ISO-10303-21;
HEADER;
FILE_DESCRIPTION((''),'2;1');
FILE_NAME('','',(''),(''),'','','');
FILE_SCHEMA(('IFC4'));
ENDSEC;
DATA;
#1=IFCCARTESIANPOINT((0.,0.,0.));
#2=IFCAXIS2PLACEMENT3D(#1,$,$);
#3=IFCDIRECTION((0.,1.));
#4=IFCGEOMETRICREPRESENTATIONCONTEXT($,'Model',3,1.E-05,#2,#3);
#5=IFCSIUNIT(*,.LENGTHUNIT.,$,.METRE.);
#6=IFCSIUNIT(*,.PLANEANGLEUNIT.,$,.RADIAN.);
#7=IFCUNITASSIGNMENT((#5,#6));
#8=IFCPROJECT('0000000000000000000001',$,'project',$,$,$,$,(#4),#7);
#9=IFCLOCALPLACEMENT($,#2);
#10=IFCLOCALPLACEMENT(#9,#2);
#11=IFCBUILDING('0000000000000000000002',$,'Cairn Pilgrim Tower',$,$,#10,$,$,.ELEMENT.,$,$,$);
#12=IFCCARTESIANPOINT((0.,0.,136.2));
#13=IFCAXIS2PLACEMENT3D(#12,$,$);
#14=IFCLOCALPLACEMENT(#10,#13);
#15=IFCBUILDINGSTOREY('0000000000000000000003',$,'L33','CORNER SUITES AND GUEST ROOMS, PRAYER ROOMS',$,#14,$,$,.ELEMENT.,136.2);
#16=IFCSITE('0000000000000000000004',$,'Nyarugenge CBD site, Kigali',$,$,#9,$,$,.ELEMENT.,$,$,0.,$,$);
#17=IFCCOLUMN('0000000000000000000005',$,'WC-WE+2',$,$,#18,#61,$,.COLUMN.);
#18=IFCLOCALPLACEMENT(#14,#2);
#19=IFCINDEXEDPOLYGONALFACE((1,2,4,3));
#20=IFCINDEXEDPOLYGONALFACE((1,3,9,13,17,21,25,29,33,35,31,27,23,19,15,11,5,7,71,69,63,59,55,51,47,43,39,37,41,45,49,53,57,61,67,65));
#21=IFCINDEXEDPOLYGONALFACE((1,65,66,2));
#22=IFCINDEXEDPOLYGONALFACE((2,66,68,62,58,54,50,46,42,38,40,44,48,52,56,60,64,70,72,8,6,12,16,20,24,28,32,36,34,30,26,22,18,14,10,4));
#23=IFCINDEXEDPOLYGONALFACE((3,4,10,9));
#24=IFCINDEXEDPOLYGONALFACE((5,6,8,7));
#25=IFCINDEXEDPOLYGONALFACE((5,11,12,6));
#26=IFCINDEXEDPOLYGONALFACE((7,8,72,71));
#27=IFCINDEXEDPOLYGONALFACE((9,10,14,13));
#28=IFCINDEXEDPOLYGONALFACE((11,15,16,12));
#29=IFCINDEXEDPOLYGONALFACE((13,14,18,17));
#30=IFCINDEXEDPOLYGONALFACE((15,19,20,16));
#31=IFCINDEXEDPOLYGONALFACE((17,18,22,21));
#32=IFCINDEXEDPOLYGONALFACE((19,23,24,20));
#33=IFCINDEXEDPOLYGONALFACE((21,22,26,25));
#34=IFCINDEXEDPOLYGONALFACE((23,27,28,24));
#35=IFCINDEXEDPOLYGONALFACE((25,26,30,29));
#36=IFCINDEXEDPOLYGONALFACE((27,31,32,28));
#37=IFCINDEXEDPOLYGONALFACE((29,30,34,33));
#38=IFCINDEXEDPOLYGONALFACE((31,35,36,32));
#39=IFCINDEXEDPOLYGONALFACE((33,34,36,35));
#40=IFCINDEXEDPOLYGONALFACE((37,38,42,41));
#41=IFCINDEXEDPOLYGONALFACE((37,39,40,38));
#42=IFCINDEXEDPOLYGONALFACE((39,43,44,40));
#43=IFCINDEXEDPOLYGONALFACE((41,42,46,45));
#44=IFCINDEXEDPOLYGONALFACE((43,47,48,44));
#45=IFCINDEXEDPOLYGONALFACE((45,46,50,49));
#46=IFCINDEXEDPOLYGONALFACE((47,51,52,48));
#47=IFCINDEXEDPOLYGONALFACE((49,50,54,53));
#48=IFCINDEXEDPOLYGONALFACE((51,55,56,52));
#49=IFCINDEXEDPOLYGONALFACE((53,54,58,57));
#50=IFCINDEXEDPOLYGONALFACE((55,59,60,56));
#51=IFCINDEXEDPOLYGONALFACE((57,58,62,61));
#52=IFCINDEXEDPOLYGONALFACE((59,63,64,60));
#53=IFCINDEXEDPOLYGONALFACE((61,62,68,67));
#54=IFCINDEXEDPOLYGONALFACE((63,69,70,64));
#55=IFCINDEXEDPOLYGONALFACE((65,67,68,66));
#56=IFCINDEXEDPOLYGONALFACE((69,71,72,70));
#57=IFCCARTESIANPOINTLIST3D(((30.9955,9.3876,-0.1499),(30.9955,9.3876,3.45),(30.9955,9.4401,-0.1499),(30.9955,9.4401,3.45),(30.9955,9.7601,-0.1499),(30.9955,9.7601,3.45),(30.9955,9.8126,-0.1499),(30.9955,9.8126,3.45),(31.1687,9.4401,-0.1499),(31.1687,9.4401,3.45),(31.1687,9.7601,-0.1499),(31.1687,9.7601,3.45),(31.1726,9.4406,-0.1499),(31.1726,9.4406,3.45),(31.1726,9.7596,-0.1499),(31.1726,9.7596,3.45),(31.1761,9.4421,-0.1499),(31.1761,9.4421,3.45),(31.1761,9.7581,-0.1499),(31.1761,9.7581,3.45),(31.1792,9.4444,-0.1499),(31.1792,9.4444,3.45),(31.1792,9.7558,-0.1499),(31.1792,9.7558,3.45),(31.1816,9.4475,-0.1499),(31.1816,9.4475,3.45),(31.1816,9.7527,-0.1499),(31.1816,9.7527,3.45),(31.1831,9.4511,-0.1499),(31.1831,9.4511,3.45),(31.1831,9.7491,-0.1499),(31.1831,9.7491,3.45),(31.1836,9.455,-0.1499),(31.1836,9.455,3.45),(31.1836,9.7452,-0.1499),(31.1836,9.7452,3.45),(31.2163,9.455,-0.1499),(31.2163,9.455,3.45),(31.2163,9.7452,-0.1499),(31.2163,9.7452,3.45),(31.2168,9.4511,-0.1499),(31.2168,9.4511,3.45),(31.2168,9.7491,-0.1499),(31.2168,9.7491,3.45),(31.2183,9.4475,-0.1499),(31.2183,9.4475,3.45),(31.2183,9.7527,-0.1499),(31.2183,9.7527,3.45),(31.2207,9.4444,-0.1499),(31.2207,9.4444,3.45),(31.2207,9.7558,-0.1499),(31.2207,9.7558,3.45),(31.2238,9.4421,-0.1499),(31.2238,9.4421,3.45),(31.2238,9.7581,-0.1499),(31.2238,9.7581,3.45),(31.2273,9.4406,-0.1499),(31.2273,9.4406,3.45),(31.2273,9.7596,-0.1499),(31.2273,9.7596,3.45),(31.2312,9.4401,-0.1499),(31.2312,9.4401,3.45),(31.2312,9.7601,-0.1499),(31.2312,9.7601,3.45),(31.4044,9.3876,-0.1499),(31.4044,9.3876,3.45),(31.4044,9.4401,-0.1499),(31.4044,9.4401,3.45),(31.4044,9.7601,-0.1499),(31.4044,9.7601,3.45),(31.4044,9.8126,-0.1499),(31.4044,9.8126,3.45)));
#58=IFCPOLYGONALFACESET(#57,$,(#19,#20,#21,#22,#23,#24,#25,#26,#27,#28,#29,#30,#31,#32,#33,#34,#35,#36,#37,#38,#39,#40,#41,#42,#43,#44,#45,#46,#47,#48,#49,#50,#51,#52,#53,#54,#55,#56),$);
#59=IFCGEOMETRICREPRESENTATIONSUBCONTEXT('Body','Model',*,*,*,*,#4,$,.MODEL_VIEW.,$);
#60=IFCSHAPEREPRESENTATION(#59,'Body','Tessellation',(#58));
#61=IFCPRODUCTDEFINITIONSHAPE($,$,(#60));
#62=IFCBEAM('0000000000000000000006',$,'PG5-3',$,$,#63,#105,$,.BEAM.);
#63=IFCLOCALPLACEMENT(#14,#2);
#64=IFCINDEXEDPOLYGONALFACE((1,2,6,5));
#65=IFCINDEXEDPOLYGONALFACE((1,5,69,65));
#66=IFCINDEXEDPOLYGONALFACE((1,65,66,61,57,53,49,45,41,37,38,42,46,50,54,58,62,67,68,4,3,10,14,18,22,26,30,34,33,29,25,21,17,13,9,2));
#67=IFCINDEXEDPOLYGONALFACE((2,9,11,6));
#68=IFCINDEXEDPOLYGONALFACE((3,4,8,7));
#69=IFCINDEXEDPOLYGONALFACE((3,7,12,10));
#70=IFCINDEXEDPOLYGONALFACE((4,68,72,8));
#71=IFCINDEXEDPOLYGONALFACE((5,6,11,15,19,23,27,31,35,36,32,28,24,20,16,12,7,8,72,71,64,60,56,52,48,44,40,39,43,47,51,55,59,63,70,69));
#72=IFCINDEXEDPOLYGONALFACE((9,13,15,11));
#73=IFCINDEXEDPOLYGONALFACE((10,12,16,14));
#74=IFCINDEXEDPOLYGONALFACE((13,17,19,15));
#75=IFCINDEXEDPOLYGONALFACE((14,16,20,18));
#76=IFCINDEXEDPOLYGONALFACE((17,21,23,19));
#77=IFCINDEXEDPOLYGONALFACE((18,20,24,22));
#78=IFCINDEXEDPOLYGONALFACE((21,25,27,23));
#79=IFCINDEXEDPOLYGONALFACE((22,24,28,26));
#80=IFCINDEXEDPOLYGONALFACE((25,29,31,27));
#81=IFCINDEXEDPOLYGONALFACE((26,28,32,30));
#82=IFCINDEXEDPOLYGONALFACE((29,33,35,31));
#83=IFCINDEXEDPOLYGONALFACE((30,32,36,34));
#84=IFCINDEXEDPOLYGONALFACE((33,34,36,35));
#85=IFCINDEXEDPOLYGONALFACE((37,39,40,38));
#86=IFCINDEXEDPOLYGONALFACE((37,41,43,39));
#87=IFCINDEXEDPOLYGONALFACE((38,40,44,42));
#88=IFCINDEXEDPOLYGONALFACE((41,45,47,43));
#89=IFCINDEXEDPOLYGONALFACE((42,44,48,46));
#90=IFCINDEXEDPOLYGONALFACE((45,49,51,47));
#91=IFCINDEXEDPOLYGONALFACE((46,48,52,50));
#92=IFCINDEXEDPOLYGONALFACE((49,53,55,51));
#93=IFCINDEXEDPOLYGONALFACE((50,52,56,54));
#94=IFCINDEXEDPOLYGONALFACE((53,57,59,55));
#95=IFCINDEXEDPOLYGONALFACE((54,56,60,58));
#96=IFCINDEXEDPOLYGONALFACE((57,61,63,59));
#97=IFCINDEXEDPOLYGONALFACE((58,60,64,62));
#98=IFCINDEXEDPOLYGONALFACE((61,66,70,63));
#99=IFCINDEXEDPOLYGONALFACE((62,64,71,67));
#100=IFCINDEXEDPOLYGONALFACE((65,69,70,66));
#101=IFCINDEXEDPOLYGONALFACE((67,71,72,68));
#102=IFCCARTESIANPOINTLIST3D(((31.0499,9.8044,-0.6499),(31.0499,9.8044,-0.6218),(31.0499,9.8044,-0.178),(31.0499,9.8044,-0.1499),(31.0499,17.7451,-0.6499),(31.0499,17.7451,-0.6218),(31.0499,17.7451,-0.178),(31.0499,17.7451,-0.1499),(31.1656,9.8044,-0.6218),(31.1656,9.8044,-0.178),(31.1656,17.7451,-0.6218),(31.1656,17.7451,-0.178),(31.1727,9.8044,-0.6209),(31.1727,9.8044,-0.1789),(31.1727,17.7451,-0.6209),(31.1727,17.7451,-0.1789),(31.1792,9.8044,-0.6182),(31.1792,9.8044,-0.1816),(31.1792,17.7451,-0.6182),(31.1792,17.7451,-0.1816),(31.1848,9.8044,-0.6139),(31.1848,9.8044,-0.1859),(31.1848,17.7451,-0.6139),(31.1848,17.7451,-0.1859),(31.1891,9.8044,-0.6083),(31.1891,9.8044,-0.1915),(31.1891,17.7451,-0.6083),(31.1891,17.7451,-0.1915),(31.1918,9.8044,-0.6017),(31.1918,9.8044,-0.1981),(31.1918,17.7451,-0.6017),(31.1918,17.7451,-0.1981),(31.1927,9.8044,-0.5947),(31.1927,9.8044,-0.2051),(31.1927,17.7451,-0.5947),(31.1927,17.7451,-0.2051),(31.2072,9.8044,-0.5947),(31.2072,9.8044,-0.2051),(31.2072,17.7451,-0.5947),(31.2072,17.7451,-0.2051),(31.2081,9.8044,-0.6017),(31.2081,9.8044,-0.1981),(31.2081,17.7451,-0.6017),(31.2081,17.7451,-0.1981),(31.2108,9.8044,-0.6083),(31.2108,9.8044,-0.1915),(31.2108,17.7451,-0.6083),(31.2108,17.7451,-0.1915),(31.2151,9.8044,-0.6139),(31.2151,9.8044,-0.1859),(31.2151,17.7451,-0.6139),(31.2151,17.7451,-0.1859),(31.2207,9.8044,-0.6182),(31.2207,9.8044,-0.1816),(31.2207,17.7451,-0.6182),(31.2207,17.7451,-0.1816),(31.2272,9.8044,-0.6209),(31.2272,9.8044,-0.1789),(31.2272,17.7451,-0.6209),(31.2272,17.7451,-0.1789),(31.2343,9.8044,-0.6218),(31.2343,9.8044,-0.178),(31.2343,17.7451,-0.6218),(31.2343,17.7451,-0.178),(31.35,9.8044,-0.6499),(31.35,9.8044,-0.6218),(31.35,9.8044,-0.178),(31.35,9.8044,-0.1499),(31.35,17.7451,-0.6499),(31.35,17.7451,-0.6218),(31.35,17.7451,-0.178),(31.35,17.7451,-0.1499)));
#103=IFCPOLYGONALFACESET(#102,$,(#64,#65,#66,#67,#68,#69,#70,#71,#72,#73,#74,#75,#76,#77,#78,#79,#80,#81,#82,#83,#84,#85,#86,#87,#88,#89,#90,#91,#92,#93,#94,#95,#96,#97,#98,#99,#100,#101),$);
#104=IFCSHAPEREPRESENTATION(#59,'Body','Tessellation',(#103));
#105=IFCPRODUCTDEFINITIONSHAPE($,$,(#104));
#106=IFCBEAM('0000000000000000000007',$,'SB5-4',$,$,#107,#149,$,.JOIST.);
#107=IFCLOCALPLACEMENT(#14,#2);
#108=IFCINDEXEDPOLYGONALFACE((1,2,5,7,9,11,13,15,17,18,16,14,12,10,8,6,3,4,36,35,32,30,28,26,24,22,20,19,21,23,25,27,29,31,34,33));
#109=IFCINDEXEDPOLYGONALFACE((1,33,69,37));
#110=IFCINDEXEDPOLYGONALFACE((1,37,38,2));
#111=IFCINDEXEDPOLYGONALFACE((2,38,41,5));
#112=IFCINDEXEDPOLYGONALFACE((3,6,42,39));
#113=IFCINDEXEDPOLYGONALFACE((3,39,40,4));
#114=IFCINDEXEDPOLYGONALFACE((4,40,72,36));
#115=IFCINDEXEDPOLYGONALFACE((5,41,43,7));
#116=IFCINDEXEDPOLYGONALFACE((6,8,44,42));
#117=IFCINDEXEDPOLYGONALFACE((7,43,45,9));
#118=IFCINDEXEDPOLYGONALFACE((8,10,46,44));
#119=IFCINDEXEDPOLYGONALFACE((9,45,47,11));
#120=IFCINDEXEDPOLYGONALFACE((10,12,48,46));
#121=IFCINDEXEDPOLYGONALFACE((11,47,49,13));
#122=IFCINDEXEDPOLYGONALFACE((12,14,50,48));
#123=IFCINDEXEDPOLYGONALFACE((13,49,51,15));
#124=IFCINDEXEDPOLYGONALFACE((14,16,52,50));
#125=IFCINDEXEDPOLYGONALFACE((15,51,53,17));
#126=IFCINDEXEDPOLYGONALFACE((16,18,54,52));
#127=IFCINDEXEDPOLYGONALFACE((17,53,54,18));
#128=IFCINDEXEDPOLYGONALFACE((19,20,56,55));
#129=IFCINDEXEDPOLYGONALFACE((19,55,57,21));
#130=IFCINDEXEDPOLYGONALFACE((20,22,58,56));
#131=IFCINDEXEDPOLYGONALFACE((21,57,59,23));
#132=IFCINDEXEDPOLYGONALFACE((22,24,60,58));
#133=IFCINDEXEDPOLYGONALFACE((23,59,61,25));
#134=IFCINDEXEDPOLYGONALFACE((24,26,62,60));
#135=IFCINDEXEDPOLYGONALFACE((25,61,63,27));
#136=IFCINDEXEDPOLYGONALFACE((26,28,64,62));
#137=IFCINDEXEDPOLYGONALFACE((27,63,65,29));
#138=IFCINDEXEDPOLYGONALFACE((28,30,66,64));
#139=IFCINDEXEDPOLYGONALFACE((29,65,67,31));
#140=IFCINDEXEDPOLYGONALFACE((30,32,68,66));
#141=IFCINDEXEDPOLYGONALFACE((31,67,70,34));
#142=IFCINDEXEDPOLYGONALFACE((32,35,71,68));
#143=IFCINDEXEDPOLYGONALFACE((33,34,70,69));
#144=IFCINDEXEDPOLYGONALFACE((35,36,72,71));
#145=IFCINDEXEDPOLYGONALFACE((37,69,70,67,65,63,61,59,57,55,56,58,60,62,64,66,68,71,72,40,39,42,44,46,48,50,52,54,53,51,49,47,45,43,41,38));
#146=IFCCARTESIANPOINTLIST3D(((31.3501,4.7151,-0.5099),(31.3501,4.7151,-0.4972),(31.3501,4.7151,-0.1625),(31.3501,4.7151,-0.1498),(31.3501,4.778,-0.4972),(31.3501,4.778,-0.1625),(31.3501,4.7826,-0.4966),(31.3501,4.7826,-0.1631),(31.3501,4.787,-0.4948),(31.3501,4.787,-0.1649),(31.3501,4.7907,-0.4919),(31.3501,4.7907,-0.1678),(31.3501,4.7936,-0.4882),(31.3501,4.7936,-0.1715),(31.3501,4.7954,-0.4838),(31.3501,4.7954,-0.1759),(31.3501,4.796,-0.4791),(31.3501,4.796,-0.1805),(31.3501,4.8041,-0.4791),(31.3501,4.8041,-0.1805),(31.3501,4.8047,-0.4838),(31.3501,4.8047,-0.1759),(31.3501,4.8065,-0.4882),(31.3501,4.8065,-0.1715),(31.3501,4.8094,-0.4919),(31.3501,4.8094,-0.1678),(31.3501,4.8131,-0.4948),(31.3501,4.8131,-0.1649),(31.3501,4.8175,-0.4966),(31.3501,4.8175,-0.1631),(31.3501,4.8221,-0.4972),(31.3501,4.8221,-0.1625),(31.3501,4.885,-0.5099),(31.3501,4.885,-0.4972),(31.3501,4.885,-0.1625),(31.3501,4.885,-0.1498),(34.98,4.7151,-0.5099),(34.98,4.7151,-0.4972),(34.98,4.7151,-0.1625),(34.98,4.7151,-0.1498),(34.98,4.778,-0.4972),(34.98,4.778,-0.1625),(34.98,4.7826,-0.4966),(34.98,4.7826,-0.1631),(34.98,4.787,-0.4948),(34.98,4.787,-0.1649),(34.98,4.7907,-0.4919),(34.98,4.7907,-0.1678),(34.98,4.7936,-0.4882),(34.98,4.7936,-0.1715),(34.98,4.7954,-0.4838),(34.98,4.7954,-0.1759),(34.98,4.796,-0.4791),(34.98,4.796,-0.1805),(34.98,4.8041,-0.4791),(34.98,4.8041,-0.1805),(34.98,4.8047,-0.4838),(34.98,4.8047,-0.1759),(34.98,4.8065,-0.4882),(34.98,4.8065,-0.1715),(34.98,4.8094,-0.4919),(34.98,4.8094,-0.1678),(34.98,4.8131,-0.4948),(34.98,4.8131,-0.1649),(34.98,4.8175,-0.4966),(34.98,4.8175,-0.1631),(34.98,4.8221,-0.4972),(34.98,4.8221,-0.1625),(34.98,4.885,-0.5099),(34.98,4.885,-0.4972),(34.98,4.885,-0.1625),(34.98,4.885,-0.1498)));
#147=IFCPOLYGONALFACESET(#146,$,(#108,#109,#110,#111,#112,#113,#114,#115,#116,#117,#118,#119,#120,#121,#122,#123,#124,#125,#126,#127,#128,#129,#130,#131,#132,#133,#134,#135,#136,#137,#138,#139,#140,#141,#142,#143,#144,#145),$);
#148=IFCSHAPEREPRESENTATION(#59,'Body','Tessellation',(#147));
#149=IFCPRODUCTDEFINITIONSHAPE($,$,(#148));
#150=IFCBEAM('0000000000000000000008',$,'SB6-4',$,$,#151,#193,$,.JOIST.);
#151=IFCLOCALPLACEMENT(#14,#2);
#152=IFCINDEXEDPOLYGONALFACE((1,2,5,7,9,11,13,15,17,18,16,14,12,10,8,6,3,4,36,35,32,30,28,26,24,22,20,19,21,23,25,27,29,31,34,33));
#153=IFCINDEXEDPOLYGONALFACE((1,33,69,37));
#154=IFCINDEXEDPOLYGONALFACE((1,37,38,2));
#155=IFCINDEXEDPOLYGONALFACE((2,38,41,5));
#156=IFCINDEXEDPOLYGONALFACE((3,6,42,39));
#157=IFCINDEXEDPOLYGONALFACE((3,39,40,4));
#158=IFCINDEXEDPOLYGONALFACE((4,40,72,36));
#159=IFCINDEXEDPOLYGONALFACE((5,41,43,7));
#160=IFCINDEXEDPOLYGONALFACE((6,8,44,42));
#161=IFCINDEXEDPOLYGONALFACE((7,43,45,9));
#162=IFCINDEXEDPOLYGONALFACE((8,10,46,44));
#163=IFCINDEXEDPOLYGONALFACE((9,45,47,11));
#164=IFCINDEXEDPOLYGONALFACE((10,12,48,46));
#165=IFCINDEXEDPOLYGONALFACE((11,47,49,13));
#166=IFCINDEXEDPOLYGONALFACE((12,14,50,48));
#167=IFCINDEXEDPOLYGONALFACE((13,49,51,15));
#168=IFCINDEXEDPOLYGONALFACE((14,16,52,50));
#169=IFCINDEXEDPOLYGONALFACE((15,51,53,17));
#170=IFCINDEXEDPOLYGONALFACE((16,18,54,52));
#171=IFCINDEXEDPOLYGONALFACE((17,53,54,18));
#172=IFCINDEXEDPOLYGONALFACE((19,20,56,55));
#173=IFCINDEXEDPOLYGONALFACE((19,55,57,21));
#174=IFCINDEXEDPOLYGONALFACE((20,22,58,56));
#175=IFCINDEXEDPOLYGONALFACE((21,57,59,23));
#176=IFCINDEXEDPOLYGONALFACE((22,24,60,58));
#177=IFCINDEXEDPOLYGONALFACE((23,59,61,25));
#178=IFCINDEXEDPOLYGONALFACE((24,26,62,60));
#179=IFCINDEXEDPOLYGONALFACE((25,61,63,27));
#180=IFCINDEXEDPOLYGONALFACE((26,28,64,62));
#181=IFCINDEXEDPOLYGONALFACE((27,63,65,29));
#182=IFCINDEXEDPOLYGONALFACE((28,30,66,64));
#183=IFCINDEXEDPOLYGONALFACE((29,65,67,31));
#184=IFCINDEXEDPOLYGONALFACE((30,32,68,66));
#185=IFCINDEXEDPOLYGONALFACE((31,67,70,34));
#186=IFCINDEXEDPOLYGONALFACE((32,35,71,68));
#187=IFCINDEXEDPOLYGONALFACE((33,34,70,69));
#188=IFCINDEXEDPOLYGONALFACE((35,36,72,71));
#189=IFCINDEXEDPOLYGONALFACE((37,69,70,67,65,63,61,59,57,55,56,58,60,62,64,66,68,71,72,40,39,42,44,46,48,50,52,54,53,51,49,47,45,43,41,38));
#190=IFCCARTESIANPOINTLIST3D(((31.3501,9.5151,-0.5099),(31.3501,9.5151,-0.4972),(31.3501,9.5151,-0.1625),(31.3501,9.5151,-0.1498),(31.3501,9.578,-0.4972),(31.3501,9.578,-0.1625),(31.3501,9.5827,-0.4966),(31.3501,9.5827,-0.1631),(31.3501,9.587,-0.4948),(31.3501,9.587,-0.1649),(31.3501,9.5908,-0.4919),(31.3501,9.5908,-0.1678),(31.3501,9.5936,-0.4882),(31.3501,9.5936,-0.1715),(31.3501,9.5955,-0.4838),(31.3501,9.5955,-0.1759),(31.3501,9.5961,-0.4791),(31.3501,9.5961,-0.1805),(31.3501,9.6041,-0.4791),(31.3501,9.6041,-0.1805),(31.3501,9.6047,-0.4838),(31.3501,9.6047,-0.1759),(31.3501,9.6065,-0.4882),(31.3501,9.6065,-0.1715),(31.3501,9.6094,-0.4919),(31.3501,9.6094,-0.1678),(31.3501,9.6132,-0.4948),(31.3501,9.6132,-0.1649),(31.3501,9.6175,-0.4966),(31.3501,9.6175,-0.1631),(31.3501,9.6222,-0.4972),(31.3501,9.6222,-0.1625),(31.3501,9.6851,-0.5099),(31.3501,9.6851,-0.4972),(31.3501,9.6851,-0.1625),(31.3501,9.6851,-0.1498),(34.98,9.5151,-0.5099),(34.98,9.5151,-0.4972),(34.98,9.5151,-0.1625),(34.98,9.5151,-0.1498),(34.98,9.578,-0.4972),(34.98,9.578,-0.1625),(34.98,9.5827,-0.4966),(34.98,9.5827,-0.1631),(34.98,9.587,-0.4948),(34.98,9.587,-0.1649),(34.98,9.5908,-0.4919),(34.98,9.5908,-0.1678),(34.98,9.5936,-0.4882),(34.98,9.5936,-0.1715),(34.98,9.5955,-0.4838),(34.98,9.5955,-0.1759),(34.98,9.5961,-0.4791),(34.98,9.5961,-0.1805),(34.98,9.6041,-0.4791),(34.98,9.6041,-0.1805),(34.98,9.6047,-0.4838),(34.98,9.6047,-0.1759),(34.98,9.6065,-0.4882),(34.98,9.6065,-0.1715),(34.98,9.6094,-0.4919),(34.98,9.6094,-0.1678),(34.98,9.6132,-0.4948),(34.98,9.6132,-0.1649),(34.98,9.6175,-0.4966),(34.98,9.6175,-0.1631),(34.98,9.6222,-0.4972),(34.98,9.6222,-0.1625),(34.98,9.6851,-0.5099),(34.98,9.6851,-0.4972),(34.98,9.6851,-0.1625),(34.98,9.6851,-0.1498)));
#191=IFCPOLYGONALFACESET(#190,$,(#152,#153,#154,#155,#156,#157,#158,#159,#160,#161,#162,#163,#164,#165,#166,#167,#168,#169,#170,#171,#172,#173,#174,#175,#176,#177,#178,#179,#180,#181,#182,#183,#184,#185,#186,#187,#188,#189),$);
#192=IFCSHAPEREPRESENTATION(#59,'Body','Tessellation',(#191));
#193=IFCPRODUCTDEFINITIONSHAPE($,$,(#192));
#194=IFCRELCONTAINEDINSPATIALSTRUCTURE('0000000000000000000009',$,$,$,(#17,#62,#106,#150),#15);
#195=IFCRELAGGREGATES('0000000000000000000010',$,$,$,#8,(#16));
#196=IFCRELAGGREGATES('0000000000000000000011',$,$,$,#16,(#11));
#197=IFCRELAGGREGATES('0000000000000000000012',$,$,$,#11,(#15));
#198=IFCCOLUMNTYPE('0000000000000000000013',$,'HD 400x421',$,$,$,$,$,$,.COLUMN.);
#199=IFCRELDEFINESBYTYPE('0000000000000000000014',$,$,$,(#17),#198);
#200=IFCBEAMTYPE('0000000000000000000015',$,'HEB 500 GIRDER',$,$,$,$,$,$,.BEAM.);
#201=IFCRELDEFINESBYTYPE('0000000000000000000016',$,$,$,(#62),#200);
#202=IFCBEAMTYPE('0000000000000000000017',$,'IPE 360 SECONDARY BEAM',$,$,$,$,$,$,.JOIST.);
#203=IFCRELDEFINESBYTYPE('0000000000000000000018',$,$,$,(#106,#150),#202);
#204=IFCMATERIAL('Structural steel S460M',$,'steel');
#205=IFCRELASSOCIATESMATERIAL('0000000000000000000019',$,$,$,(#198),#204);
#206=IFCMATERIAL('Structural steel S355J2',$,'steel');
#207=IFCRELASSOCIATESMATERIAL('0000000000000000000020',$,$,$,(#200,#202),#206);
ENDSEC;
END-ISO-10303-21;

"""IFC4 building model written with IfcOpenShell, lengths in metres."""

from ifc_helpers import new_model, si_unit, direction, frame, origin, origin_2d, place, context, subcontext, project, spatial, i_section, extrude, material, material_profile, profile_set, type_object, element, save


model = new_model("IFC4")

# Units and contexts
model_context = context("Model", 3, precision=1e-05, world=origin(), true_north=direction((0.0, 1.0)))
body_context = subcontext(model_context, "Body", "Model", "MODEL_VIEW")
ifc_project = project(units=[si_unit("LENGTHUNIT", "METRE"), si_unit("PLANEANGLEUNIT", "RADIAN")], contexts=[model_context])

# Site, building, storey
site_placement = place(None, origin())
site = spatial("IfcSite", under=ifc_project, at=site_placement, Name="Nyarugenge CBD site, Kigali", CompositionType="ELEMENT", RefElevation=0.0)
building_placement = place(site_placement, origin())
building = spatial("IfcBuilding", under=site, at=building_placement, Name="Cairn Pilgrim Tower", CompositionType="ELEMENT")
storey_placement = place(building_placement, frame((0.0, 0.0, 136.2)))
storey = spatial("IfcBuildingStorey", under=building, at=storey_placement, Name="L33", Description="CORNER SUITES AND GUEST ROOMS, PRAYER ROOMS", CompositionType="ELEMENT", Elevation=136.2)

# Column
ifc_material_1 = material(Name="Structural steel S460M", Category="steel")
ifc_material_profile_1 = material_profile(ifc_material_1, i_section(OverallWidth=0.4089, OverallDepth=0.425, WebThickness=0.0327, FlangeThickness=0.0525, FilletRadius=0.0149, at=origin_2d()), Name="HD 400x421")
ifc_profile_set_1 = profile_set([ifc_material_profile_1], Name="Structural steel S460M")
column_type = type_object("IfcColumnType", Name="HD 400x421", PredefinedType="COLUMN", material=ifc_profile_set_1)
column_placement = place(storey_placement, frame((31.2, 9.6001, -0.1499), z_axis=(0.0, 0.0, 1.0), x_axis=(1.0, 0.0, 0.0)))
element("IfcColumn", 1, at=column_placement, inside=storey, type_object=column_type, Name="WC-WE+2", PredefinedType="COLUMN", context=body_context, shape_type="SweptSolid", body=[
    extrude(i_section(OverallWidth=0.4089, OverallDepth=0.425, WebThickness=0.0327, FlangeThickness=0.0525, FilletRadius=0.0149, at=origin_2d()), origin(), (0.0, 0.0, 1.0), 3.5999),
])

# Beams
ifc_material_2 = material(Name="Structural steel S355J2", Category="steel")
ifc_material_profile_2 = material_profile(ifc_material_2, i_section(OverallWidth=0.3, OverallDepth=0.5, WebThickness=0.0144, FlangeThickness=0.0281, FilletRadius=0.0271, at=origin_2d()), Name="HEB 500")
ifc_profile_set_2 = profile_set([ifc_material_profile_2], Name="Structural steel S355J2")
beam_type_1 = type_object("IfcBeamType", Name="HEB 500 GIRDER", PredefinedType="BEAM", material=ifc_profile_set_2)
beam_placement = place(storey_placement, frame((31.2, 9.8044, -0.3999), z_axis=(0.0, 1.0, 0.0), x_axis=(-1.0, 0.0, 0.0)))
element("IfcBeam", 2, at=beam_placement, inside=storey, type_object=beam_type_1, Name="PG5-3", PredefinedType="BEAM", context=body_context, shape_type="SweptSolid", body=[
    extrude(i_section(OverallWidth=0.3, OverallDepth=0.5, WebThickness=0.0144, FlangeThickness=0.0281, FilletRadius=0.0271, at=origin_2d()), origin(), (0.0, 0.0, 1.0), 7.9407),
])
ifc_material_profile_3 = material_profile(ifc_material_2, i_section(OverallWidth=0.1699, OverallDepth=0.3601, WebThickness=0.0081, FlangeThickness=0.0127, FilletRadius=0.0181, at=origin_2d()), Name="IPE 360")
ifc_profile_set_3 = profile_set([ifc_material_profile_3], Name="Structural steel S355J2")
beam_type_2 = type_object("IfcBeamType", Name="IPE 360 SECONDARY BEAM", PredefinedType="JOIST", material=ifc_profile_set_3)
for number, where, z_axis, x_axis, name in (
    (3, (31.3501, 4.8, -0.3298), (1.0, 0.0, 0.0), (0.0, 1.0, 0.0), "SB5-4"),
    (4, (31.3501, 9.6001, -0.3298), (1.0, 0.0, 0.0), (0.0, 1.0, 0.0), "SB6-4"),
):
    element("IfcBeam", number, at=place(storey_placement, frame(where, z_axis=z_axis, x_axis=x_axis)), inside=storey, type_object=beam_type_2, Name=name, PredefinedType="JOIST", context=body_context, shape_type="SweptSolid", body=[
        extrude(i_section(OverallWidth=0.1699, OverallDepth=0.3601, WebThickness=0.0081, FlangeThickness=0.0127, FilletRadius=0.0181, at=origin_2d()), origin(), (0.0, 0.0, 1.0), 3.6299),
    ])

save(model, "model.ifc")
